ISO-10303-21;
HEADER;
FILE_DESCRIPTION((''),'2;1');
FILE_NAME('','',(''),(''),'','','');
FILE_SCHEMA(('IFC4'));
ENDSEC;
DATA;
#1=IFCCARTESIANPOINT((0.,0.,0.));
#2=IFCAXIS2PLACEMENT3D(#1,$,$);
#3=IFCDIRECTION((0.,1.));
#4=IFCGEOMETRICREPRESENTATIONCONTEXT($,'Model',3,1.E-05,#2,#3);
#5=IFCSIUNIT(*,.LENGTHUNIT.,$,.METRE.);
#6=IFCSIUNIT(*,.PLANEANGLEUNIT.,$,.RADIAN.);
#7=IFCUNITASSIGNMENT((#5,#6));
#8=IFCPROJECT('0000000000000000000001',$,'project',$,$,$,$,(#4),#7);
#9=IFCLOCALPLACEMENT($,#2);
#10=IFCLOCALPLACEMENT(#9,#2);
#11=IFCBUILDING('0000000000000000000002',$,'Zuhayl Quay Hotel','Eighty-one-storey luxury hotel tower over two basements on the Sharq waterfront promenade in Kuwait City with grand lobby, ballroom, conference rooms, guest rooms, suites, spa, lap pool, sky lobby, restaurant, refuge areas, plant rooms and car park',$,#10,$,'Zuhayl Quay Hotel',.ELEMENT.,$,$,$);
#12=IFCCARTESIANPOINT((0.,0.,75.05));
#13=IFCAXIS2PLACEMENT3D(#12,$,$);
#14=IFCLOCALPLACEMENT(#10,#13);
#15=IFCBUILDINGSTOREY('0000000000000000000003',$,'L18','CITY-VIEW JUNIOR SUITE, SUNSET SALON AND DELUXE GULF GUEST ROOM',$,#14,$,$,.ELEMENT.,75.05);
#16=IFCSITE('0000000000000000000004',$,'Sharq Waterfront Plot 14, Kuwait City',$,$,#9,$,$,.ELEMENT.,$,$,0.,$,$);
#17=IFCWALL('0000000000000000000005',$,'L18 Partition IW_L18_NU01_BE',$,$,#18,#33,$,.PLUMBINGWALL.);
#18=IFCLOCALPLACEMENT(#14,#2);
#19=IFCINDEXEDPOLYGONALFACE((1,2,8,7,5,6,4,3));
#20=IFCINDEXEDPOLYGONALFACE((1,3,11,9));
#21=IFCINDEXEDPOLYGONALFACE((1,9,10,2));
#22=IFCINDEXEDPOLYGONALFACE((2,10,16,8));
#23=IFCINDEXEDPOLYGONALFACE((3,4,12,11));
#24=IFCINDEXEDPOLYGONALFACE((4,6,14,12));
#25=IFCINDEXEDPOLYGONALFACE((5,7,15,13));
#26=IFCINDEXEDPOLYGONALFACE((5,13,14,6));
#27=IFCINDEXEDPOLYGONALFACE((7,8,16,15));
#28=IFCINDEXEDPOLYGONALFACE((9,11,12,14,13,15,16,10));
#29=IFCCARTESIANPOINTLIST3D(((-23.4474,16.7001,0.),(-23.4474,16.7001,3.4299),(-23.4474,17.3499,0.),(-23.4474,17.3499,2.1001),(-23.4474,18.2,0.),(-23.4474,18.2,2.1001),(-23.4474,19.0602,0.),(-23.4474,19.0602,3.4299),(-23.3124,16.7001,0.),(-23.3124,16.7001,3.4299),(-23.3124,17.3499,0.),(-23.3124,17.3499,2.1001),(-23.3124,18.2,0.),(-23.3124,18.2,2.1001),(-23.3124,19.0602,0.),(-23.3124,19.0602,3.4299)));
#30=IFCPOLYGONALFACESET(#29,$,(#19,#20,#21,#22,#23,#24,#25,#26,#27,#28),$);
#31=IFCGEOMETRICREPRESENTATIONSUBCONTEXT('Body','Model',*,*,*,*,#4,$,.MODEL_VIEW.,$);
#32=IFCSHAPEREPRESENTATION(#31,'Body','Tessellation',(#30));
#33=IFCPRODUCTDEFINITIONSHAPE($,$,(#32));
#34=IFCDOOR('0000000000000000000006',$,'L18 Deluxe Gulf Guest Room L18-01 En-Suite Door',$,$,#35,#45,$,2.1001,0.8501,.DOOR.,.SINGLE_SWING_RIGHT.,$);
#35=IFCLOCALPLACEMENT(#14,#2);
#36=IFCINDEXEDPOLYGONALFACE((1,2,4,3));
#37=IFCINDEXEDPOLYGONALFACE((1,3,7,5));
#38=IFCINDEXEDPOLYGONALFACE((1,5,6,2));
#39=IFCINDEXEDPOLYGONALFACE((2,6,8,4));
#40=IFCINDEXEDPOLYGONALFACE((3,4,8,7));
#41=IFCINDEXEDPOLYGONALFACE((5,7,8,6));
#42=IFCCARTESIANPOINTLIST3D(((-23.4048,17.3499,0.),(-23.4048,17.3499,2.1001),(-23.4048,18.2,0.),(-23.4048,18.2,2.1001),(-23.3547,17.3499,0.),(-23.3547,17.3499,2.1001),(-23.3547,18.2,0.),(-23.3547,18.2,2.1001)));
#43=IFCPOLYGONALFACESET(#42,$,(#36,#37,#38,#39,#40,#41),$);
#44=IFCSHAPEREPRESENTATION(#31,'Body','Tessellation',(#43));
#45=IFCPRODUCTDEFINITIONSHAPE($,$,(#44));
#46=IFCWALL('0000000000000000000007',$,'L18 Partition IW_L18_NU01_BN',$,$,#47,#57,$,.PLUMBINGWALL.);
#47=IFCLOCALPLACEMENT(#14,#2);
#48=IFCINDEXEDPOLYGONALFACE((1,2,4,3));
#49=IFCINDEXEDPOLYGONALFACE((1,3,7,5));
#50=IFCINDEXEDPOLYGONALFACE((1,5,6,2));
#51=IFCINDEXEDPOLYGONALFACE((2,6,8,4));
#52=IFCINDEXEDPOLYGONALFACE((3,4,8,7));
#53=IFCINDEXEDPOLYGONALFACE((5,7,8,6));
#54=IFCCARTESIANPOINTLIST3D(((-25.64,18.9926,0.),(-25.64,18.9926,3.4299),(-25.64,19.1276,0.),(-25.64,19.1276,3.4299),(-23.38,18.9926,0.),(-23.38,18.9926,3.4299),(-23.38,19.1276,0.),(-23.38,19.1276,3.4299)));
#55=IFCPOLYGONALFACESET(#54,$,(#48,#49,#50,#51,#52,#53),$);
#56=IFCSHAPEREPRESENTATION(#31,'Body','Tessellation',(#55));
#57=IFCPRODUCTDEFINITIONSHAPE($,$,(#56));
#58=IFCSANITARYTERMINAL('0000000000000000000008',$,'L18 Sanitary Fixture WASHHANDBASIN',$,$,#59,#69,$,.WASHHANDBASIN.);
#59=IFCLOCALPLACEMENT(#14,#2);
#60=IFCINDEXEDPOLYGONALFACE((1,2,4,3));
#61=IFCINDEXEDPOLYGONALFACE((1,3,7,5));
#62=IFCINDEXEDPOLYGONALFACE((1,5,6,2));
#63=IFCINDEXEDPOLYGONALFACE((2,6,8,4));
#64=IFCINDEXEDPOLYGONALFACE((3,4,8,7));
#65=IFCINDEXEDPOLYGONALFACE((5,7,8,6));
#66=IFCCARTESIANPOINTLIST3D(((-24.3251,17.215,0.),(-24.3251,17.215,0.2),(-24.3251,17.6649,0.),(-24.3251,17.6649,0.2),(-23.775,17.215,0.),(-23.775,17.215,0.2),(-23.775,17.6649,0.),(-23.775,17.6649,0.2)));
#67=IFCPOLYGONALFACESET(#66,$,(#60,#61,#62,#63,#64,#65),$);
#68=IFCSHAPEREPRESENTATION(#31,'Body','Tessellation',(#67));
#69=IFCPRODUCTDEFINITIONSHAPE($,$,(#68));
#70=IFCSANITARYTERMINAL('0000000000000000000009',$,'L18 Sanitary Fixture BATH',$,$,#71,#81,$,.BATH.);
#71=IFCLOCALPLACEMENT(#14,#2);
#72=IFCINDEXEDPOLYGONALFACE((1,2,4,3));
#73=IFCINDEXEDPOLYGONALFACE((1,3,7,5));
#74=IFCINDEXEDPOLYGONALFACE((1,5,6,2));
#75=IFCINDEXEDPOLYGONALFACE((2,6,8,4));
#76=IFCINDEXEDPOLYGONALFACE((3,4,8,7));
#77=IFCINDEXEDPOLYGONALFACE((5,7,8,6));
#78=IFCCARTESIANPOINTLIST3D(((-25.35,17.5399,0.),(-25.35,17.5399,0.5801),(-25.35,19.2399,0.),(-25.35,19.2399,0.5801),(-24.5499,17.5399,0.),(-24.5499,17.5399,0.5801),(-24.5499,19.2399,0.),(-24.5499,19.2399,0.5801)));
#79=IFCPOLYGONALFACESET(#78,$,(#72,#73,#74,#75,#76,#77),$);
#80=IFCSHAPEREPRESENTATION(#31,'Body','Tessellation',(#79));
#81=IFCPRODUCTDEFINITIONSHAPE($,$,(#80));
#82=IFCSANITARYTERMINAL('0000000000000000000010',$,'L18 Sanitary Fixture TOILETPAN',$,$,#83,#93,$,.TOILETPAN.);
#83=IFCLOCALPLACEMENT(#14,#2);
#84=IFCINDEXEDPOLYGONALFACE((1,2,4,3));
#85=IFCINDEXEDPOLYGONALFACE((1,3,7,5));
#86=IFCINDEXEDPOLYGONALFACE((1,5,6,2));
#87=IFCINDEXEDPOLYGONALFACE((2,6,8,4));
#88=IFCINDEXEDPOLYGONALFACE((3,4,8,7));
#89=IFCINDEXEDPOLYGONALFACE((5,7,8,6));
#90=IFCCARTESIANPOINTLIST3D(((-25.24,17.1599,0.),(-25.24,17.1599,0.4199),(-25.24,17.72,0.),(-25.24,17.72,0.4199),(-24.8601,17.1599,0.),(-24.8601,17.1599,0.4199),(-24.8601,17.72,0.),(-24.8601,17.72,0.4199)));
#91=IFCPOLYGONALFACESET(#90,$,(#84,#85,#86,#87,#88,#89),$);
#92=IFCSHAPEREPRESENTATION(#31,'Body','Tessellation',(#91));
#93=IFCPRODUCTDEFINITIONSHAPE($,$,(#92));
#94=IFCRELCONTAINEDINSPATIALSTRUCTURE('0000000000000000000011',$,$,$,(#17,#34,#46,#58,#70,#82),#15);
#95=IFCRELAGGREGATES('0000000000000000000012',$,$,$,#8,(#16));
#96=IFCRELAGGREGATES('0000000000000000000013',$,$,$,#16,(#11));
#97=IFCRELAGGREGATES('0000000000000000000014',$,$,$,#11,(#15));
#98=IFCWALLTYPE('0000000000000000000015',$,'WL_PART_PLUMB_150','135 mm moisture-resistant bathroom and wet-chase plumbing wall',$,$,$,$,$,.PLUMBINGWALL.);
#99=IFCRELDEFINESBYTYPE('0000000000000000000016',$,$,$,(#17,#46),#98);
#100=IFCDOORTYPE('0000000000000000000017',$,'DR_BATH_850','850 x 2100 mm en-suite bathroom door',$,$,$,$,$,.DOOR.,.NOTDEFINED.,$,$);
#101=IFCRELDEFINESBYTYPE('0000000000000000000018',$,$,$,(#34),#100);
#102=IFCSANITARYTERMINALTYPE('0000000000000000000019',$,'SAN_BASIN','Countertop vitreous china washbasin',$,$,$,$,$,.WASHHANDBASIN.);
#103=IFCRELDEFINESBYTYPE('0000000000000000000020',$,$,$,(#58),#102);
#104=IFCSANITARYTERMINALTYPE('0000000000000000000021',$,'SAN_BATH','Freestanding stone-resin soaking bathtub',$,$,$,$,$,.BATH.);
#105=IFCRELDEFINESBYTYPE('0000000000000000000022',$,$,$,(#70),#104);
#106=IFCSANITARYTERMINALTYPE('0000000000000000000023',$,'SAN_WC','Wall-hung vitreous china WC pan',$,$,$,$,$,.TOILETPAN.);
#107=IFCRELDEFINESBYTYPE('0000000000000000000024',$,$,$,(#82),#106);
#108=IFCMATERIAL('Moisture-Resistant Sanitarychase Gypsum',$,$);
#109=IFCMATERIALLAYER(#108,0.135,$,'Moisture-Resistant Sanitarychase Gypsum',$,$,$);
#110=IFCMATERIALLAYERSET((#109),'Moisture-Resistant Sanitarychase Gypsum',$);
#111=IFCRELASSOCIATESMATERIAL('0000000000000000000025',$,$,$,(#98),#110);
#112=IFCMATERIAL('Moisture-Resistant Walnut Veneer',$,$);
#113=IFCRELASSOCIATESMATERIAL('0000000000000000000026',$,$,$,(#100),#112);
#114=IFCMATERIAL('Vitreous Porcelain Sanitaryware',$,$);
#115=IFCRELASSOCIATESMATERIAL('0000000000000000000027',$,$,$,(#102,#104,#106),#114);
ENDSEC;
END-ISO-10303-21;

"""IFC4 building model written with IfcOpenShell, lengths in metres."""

from ifc_helpers import new_model, si_unit, direction, frame, frame_2d, origin, origin_2d, place, context, subcontext, project, spatial, rectangle, extrude, material, layer, layer_set, type_object, element, fill, save


model = new_model("IFC4")

# Units and contexts
model_context = context("Model", 3, precision=1e-05, world=origin(), true_north=direction((0.0, 1.0)))
body_context = subcontext(model_context, "Body", "Model", "MODEL_VIEW")
ifc_project = project(units=[si_unit("LENGTHUNIT", "METRE"), si_unit("PLANEANGLEUNIT", "RADIAN")], contexts=[model_context])

# Site, building, storey
site_placement = place(None, origin())
site = spatial("IfcSite", under=ifc_project, at=site_placement, Name="Sharq Waterfront Plot 14, Kuwait City", CompositionType="ELEMENT", RefElevation=0.0)
building_placement = place(site_placement, origin())
building = spatial("IfcBuilding", under=site, at=building_placement, Name="Zuhayl Quay Hotel", Description="Eighty-one-storey luxury hotel tower over two basements on the Sharq waterfront promenade in Kuwait City with grand lobby, ballroom, conference rooms, guest rooms, suites, spa, lap pool, sky lobby, restaurant, refuge areas, plant rooms and car park", LongName="Zuhayl Quay Hotel", CompositionType="ELEMENT")
storey_placement = place(building_placement, frame((0.0, 0.0, 75.05)))
storey = spatial("IfcBuildingStorey", under=building, at=storey_placement, Name="L18", Description="CITY-VIEW JUNIOR SUITE, SUNSET SALON AND DELUXE GULF GUEST ROOM", CompositionType="ELEMENT", Elevation=75.05)

# Wall, opening, door
ifc_material_1 = material(Name="Moisture-Resistant Sanitarychase Gypsum")
ifc_layer_1 = layer(ifc_material_1, 0.135, Name="Moisture-Resistant Sanitarychase Gypsum")
ifc_layer_set_1 = layer_set([ifc_layer_1], Name="Moisture-Resistant Sanitarychase Gypsum")
wall_type_1 = type_object("IfcWallType", Name="WL_PART_PLUMB_150", Description="135 mm moisture-resistant bathroom and wet-chase plumbing wall", PredefinedType="PLUMBINGWALL", material=ifc_layer_set_1)
wall_1_placement = place(storey_placement, frame((-23.3799, 16.7, 0.0), z_axis=(0.0, 0.0, 1.0), x_axis=(0.0, 1.0, 0.0)))
wall_1 = element("IfcWall", 1, at=wall_1_placement, inside=storey, type_object=wall_type_1, Name="L18 Partition IW_L18_NU01_BE", PredefinedType="PLUMBINGWALL", context=body_context, shape_type="SweptSolid", body=[
    extrude(rectangle(XDim=2.3601, YDim=0.135, at=frame_2d((1.1802, 0.0))), origin(), (0.0, 0.0, 1.0), 3.4299),
])
opening_1_placement = place(wall_1_placement, frame((0.6499, 0.0, 0.0)))
opening_1 = element("IfcOpeningElement", 2, at=opening_1_placement, cuts=wall_1, PredefinedType="OPENING", context=body_context, shape_type="SweptSolid", body=[
    extrude(rectangle(XDim=0.8501, YDim=2.1001, at=frame_2d((0.425, 1.05))), frame((0.0, 0.0774, 0.0), z_axis=(0.0, -1.0, 0.0), x_axis=(1.0, 0.0, 0.0)), (0.0, 0.0, 1.0), 0.155),
])
ifc_material_2 = material(Name="Moisture-Resistant Walnut Veneer")
door_type_1 = type_object("IfcDoorType", Name="DR_BATH_850", Description="850 x 2100 mm en-suite bathroom door", OperationType="NOTDEFINED", PredefinedType="DOOR", material=ifc_material_2)
door_1_placement = place(opening_1_placement, origin())
door_1 = element("IfcDoor", 3, at=door_1_placement, inside=storey, type_object=door_type_1, Name="L18 Deluxe Gulf Guest Room L18-01 En-Suite Door", OperationType="SINGLE_SWING_RIGHT", OverallHeight=2.1001, OverallWidth=0.8501, PredefinedType="DOOR", context=body_context, shape_type="SweptSolid", body=[
    extrude(rectangle(XDim=0.8501, YDim=2.1001, at=frame_2d((0.425, 1.05))), frame((0.0, 0.0249, 0.0), z_axis=(0.0, -1.0, 0.0), x_axis=(1.0, 0.0, 0.0)), (0.0, 0.0, 1.0), 0.05),
])
fill(opening_1, door_1)

# Wall
wall_2_placement = place(storey_placement, frame((-25.6399, 19.0601, 0.0), z_axis=(0.0, 0.0, 1.0), x_axis=(1.0, 0.0, 0.0)))
element("IfcWall", 4, at=wall_2_placement, inside=storey, type_object=wall_type_1, Name="L18 Partition IW_L18_NU01_BN", PredefinedType="PLUMBINGWALL", context=body_context, shape_type="SweptSolid", body=[
    extrude(rectangle(XDim=2.26, YDim=0.135, at=frame_2d((1.1299, 0.0))), origin(), (0.0, 0.0, 1.0), 3.4299),
])

# Sanitary terminals
ifc_material_3 = material(Name="Vitreous Porcelain Sanitaryware")
sanitary_terminal_type_1 = type_object("IfcSanitaryTerminalType", Name="SAN_BASIN", Description="Countertop vitreous china washbasin", PredefinedType="WASHHANDBASIN", material=ifc_material_3)
sanitary_terminal_1_placement = place(storey_placement, frame((-24.05, 17.4399, 0.0), z_axis=(0.0, 0.0, 1.0), x_axis=(1.0, 0.0, 0.0)))
element("IfcSanitaryTerminal", 5, at=sanitary_terminal_1_placement, inside=storey, type_object=sanitary_terminal_type_1, Name="L18 Sanitary Fixture WASHHANDBASIN", PredefinedType="WASHHANDBASIN", context=body_context, shape_type="SweptSolid", body=[
    extrude(rectangle(XDim=0.55, YDim=0.45, at=origin_2d()), origin(), (0.0, 0.0, 1.0), 0.2),
])
sanitary_terminal_type_2 = type_object("IfcSanitaryTerminalType", Name="SAN_BATH", Description="Freestanding stone-resin soaking bathtub", PredefinedType="BATH", material=ifc_material_3)
sanitary_terminal_2_placement = place(storey_placement, frame((-24.95, 18.3899, 0.0), z_axis=(0.0, 0.0, 1.0), x_axis=(1.0, 0.0, 0.0)))
element("IfcSanitaryTerminal", 6, at=sanitary_terminal_2_placement, inside=storey, type_object=sanitary_terminal_type_2, Name="L18 Sanitary Fixture BATH", PredefinedType="BATH", context=body_context, shape_type="SweptSolid", body=[
    extrude(rectangle(XDim=0.8, YDim=1.7, at=origin_2d()), origin(), (0.0, 0.0, 1.0), 0.5801),
])
sanitary_terminal_type_3 = type_object("IfcSanitaryTerminalType", Name="SAN_WC", Description="Wall-hung vitreous china WC pan", PredefinedType="TOILETPAN", material=ifc_material_3)
sanitary_terminal_3_placement = place(storey_placement, frame((-25.05, 17.4399, 0.0), z_axis=(0.0, 0.0, 1.0), x_axis=(1.0, 0.0, 0.0)))
element("IfcSanitaryTerminal", 7, at=sanitary_terminal_3_placement, inside=storey, type_object=sanitary_terminal_type_3, Name="L18 Sanitary Fixture TOILETPAN", PredefinedType="TOILETPAN", context=body_context, shape_type="SweptSolid", body=[
    extrude(rectangle(XDim=0.3799, YDim=0.5601, at=origin_2d()), origin(), (0.0, 0.0, 1.0), 0.4199),
])

save(model, "model.ifc")
